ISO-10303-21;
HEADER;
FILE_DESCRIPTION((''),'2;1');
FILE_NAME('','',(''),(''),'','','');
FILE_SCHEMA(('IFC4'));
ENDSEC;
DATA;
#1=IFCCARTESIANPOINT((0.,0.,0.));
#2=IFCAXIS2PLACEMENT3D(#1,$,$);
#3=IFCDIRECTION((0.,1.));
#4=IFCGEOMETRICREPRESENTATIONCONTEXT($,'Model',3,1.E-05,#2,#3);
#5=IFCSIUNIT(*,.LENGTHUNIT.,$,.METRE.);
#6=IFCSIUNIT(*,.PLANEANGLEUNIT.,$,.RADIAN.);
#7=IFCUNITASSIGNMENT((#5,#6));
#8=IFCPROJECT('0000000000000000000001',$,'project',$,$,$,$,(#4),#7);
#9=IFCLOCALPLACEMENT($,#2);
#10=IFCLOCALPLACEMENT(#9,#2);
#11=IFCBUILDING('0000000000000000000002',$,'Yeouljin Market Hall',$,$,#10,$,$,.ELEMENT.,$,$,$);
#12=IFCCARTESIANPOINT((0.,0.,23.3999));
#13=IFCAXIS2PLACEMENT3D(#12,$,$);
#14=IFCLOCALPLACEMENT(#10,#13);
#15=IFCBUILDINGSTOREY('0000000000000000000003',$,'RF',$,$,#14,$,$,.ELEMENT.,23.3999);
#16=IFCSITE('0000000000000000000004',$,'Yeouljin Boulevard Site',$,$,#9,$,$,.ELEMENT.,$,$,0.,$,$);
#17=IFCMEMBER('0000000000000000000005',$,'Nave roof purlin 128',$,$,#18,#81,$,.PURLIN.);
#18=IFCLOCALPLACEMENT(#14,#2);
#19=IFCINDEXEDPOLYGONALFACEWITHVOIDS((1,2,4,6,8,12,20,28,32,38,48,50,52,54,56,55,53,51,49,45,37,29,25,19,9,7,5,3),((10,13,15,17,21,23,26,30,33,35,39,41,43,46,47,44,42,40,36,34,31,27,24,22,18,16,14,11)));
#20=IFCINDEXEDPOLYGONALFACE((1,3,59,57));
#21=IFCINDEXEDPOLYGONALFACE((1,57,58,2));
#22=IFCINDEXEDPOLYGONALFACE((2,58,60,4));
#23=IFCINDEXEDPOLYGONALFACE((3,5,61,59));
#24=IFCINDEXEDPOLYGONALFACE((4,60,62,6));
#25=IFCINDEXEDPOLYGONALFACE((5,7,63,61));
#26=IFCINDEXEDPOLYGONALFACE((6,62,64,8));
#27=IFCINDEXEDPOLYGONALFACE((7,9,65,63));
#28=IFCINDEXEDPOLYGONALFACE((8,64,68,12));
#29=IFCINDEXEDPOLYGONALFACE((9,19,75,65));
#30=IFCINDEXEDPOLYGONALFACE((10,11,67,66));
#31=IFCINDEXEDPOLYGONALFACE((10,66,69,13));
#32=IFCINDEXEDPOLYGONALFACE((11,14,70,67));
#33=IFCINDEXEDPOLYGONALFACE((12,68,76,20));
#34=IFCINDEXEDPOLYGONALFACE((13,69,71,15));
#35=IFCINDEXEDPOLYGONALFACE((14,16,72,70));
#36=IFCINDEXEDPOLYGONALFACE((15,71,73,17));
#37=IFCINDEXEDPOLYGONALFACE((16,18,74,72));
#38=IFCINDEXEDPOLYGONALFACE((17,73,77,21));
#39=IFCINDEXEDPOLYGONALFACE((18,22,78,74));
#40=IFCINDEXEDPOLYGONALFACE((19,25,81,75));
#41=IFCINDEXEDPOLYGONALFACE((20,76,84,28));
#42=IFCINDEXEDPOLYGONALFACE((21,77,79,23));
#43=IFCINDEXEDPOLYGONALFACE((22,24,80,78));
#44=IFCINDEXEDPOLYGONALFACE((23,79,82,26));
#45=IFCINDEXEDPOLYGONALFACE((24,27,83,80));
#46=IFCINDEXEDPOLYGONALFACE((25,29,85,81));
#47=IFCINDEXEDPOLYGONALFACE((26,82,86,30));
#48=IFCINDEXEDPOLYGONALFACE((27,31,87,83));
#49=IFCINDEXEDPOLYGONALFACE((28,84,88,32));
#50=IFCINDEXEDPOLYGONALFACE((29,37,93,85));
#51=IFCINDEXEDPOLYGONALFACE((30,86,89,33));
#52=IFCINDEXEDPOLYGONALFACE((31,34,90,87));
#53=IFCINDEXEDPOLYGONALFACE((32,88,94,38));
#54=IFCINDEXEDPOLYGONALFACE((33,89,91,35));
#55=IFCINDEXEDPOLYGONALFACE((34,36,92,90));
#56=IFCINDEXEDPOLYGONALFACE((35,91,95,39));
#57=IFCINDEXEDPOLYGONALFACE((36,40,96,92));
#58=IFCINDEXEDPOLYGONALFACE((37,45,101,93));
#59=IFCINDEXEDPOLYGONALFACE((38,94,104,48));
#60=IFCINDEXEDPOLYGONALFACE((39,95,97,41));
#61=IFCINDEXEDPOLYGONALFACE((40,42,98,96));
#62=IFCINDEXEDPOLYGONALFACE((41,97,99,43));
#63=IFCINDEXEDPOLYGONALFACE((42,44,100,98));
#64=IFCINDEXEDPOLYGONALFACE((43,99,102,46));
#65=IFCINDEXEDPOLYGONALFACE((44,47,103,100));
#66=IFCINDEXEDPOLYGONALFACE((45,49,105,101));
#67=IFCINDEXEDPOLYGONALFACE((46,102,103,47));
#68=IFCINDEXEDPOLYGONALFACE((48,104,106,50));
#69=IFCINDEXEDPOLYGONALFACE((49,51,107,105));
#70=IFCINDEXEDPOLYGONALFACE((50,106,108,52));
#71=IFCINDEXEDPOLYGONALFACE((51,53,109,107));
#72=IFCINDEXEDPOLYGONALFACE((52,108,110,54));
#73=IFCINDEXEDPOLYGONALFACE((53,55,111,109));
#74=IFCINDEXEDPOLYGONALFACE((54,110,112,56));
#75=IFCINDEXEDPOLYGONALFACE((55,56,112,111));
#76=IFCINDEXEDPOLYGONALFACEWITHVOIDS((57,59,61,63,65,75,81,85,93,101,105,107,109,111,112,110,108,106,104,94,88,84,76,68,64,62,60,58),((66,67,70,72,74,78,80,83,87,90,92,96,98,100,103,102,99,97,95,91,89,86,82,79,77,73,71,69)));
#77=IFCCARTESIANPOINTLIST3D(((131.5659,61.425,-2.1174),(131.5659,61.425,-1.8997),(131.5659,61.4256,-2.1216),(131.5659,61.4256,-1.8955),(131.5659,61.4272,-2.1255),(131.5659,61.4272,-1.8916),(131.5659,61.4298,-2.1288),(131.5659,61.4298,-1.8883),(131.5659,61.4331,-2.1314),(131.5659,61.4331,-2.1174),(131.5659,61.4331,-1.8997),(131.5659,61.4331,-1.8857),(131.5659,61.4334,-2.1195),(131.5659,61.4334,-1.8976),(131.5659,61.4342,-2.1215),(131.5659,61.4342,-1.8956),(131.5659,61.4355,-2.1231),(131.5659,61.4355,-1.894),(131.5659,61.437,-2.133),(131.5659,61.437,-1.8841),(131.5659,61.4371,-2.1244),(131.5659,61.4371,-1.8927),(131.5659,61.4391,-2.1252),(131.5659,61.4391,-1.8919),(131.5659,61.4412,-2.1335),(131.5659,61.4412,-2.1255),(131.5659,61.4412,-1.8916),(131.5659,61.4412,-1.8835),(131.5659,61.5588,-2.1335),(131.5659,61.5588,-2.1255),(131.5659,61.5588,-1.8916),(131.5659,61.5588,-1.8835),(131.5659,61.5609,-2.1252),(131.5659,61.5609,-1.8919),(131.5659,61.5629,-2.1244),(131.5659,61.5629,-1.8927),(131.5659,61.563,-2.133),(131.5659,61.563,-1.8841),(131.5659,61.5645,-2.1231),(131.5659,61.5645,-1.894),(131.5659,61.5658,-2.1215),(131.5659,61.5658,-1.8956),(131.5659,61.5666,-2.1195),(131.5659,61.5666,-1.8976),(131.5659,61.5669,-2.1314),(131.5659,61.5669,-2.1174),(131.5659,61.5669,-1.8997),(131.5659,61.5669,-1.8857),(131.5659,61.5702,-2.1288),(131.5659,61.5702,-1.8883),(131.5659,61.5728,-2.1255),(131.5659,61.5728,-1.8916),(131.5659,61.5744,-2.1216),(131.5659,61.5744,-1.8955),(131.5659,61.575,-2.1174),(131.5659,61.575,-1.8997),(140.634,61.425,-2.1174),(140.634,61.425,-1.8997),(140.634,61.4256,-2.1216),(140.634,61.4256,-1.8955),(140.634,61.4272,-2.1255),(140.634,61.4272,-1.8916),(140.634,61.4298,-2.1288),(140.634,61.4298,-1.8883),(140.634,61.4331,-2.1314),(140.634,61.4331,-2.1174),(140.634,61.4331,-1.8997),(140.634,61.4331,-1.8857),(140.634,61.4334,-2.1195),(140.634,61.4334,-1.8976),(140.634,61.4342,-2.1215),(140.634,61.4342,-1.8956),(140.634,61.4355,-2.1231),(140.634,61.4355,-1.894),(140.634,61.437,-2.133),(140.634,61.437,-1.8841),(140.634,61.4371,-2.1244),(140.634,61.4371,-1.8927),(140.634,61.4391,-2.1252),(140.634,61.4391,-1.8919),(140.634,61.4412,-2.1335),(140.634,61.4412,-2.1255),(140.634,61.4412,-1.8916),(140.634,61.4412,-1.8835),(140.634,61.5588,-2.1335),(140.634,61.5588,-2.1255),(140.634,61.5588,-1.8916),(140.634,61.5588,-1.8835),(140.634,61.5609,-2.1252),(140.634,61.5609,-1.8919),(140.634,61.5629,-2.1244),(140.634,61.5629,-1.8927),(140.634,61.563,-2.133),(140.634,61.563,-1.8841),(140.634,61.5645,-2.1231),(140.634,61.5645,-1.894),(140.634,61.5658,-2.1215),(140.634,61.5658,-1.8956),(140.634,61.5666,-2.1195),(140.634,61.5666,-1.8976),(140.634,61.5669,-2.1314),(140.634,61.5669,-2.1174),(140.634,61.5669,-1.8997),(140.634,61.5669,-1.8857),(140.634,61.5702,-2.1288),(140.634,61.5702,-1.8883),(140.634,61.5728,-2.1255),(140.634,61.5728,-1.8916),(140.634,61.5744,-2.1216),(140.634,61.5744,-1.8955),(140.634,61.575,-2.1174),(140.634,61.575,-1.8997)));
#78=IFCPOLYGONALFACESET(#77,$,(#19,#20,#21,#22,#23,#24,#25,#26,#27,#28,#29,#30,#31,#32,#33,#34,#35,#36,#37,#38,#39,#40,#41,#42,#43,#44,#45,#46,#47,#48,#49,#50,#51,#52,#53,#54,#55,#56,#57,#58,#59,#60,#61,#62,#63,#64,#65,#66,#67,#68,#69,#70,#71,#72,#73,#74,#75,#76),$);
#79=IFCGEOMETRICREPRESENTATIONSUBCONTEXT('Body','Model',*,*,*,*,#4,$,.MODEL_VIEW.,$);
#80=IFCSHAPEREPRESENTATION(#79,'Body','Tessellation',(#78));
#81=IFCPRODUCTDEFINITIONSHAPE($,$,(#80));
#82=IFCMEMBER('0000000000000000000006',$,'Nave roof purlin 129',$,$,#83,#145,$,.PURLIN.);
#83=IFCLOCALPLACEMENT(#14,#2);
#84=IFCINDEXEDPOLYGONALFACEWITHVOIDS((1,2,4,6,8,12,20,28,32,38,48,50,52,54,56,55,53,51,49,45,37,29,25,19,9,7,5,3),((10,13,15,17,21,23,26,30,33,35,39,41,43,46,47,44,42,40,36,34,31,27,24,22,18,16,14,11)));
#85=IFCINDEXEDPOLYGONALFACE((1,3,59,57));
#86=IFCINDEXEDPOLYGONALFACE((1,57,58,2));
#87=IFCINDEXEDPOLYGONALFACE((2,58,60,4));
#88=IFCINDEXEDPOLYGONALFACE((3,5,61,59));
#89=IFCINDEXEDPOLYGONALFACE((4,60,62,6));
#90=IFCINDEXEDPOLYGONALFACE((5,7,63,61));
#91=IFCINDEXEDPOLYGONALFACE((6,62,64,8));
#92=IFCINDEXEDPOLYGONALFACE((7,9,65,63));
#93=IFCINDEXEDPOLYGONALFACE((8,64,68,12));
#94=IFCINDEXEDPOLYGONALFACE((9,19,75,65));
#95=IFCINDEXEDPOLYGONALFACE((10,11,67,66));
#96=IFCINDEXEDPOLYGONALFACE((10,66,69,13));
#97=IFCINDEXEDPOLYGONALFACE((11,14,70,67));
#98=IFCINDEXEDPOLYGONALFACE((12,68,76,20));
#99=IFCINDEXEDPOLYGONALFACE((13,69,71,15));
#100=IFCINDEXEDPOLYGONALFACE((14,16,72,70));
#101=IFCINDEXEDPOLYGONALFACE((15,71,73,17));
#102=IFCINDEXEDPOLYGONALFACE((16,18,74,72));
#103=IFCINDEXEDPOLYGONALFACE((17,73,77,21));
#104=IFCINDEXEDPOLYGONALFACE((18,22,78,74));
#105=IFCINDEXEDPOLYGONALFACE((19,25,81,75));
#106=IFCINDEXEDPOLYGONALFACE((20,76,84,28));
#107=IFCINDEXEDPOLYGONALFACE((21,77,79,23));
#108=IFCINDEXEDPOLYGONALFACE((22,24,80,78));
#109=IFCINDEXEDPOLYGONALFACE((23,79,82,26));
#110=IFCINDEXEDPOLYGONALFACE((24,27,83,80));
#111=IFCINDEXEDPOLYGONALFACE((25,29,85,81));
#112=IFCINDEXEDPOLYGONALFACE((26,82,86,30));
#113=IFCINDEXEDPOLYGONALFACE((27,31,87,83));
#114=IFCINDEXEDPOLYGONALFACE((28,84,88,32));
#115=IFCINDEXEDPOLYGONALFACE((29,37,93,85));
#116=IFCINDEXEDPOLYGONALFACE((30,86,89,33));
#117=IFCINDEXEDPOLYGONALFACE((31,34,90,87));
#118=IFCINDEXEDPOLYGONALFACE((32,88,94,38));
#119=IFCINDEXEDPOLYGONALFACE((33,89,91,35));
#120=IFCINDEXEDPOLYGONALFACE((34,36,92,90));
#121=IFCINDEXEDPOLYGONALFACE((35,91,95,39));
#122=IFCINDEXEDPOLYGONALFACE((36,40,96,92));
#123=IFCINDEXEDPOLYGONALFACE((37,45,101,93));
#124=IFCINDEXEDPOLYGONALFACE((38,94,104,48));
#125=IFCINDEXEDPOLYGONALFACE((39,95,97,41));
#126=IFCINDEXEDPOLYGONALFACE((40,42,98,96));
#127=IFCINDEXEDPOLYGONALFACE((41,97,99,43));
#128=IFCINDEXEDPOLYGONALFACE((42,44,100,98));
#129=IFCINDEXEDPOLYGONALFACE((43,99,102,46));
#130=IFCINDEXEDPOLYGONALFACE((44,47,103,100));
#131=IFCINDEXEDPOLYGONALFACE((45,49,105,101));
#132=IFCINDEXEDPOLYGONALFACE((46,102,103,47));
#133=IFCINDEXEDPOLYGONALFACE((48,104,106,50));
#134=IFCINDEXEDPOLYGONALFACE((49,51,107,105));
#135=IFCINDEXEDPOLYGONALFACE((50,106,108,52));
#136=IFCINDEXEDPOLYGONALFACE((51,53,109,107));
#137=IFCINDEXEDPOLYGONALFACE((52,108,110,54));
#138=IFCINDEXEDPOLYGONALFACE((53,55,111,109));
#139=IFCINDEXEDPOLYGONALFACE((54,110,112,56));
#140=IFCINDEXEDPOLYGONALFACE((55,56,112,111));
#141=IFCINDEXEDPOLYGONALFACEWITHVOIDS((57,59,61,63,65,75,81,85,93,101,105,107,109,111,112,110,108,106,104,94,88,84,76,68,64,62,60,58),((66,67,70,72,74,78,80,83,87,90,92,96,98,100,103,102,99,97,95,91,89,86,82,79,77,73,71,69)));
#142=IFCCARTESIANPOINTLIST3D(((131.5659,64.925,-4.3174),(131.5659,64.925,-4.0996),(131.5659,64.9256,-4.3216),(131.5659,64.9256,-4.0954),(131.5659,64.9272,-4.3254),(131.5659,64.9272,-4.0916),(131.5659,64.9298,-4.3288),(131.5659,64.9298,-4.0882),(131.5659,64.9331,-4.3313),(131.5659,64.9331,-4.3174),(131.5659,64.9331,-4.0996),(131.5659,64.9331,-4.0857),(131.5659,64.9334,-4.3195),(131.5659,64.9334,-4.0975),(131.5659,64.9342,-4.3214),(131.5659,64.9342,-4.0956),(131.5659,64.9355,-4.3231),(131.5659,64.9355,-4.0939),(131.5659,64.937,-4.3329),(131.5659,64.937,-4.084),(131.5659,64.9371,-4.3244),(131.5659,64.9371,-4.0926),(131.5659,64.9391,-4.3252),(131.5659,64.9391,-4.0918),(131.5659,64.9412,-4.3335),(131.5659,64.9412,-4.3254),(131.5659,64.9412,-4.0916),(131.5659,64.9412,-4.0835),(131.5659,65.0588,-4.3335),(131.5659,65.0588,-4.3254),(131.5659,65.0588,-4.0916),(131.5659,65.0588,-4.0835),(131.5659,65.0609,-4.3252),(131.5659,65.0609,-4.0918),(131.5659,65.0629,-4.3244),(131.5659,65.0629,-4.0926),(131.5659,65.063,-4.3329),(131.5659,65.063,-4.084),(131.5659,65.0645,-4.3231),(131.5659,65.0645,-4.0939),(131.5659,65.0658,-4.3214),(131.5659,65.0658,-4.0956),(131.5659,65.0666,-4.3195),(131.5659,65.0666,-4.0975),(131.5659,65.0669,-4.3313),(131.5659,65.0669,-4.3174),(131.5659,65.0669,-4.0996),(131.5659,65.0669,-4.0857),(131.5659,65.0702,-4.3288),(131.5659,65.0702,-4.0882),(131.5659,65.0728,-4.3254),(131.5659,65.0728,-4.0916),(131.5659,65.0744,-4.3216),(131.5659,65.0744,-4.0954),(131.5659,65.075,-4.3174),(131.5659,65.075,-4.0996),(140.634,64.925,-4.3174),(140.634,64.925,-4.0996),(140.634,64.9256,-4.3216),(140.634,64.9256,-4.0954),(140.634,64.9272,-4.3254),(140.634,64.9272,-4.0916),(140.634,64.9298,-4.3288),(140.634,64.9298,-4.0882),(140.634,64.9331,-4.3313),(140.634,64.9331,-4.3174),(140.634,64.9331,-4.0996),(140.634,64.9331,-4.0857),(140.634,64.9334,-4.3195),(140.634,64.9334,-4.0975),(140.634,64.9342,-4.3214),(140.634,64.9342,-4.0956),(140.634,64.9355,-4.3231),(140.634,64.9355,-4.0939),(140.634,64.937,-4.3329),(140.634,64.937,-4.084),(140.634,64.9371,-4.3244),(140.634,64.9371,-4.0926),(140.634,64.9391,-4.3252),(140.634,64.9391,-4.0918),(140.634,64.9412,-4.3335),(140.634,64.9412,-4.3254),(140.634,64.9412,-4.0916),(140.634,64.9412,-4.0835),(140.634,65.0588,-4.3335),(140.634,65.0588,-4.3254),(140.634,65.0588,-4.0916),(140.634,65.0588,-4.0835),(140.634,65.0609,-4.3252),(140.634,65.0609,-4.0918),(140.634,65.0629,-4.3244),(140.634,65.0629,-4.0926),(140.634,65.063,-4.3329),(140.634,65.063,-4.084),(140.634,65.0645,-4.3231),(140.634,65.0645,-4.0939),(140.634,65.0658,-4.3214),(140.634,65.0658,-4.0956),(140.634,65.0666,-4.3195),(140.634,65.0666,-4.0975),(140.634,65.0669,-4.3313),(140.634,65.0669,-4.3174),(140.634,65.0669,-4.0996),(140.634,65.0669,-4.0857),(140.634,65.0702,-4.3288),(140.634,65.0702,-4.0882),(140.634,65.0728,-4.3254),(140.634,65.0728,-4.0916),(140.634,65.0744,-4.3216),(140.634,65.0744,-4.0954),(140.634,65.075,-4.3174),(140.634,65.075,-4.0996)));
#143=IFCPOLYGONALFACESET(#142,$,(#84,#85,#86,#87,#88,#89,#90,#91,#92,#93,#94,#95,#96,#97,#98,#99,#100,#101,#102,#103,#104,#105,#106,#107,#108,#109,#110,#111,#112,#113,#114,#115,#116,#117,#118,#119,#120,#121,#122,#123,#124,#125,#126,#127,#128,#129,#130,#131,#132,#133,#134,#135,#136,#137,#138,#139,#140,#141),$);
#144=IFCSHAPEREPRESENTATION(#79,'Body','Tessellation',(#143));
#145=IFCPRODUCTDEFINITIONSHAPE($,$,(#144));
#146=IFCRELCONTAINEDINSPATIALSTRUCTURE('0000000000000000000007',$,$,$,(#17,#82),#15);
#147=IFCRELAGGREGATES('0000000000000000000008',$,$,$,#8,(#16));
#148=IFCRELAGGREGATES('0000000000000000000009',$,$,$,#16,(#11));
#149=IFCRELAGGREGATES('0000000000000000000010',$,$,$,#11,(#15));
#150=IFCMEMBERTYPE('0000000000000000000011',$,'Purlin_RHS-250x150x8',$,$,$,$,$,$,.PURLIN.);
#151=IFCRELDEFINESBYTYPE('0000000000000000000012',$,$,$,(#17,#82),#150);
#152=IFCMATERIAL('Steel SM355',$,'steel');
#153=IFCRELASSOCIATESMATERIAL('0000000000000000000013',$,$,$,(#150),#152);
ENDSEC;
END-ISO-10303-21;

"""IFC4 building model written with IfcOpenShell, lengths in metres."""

from ifc_helpers import new_model, si_unit, direction, frame, origin, origin_2d, place, context, subcontext, project, spatial, hollow_rectangle, extrude, material, material_profile, profile_set, type_object, element, save


model = new_model("IFC4")

# Units and contexts
model_context = context("Model", 3, precision=1e-05, world=origin(), true_north=direction((0.0, 1.0)))
body_context = subcontext(model_context, "Body", "Model", "MODEL_VIEW")
ifc_project = project(units=[si_unit("LENGTHUNIT", "METRE"), si_unit("PLANEANGLEUNIT", "RADIAN")], contexts=[model_context])

# Site, building, storey
site_placement = place(None, origin())
site = spatial("IfcSite", under=ifc_project, at=site_placement, Name="Yeouljin Boulevard Site", CompositionType="ELEMENT", RefElevation=0.0)
building_placement = place(site_placement, origin())
building = spatial("IfcBuilding", under=site, at=building_placement, Name="Yeouljin Market Hall", CompositionType="ELEMENT")
storey_placement = place(building_placement, frame((0.0, 0.0, 23.3999)))
storey = spatial("IfcBuildingStorey", under=building, at=storey_placement, Name="RF", CompositionType="ELEMENT", Elevation=23.3999)

# Members
ifc_material_1 = material(Name="Steel SM355", Category="steel")
ifc_material_profile_1 = material_profile(ifc_material_1, hollow_rectangle(XDim=0.1499, YDim=0.25, WallThickness=0.0081, InnerFilletRadius=0.0081, OuterFilletRadius=0.0161, at=origin_2d()), Name="RHS-250x150x8")
ifc_profile_set_1 = profile_set([ifc_material_profile_1], Name="Steel SM355")
member_type_1 = type_object("IfcMemberType", Name="Purlin_RHS-250x150x8", PredefinedType="PURLIN", material=ifc_profile_set_1)
for number, where, z_axis, x_axis, name in (
    (1, (131.5659, 61.5, -2.0085), (1.0, 0.0, 0.0), (0.0, 1.0, 0.0), "Nave roof purlin 128"),
    (2, (131.5659, 65.0, -4.2085), (1.0, 0.0, 0.0), (0.0, 1.0, 0.0), "Nave roof purlin 129"),
):
    element("IfcMember", number, at=place(storey_placement, frame(where, z_axis=z_axis, x_axis=x_axis)), inside=storey, type_object=member_type_1, Name=name, PredefinedType="PURLIN", context=body_context, shape_type="SweptSolid", body=[
        extrude(hollow_rectangle(XDim=0.1499, YDim=0.25, WallThickness=0.0081, InnerFilletRadius=0.0081, OuterFilletRadius=0.0161, at=origin_2d()), origin(), (0.0, 0.0, 1.0), 9.0681),
    ])

save(model, "model.ifc")
